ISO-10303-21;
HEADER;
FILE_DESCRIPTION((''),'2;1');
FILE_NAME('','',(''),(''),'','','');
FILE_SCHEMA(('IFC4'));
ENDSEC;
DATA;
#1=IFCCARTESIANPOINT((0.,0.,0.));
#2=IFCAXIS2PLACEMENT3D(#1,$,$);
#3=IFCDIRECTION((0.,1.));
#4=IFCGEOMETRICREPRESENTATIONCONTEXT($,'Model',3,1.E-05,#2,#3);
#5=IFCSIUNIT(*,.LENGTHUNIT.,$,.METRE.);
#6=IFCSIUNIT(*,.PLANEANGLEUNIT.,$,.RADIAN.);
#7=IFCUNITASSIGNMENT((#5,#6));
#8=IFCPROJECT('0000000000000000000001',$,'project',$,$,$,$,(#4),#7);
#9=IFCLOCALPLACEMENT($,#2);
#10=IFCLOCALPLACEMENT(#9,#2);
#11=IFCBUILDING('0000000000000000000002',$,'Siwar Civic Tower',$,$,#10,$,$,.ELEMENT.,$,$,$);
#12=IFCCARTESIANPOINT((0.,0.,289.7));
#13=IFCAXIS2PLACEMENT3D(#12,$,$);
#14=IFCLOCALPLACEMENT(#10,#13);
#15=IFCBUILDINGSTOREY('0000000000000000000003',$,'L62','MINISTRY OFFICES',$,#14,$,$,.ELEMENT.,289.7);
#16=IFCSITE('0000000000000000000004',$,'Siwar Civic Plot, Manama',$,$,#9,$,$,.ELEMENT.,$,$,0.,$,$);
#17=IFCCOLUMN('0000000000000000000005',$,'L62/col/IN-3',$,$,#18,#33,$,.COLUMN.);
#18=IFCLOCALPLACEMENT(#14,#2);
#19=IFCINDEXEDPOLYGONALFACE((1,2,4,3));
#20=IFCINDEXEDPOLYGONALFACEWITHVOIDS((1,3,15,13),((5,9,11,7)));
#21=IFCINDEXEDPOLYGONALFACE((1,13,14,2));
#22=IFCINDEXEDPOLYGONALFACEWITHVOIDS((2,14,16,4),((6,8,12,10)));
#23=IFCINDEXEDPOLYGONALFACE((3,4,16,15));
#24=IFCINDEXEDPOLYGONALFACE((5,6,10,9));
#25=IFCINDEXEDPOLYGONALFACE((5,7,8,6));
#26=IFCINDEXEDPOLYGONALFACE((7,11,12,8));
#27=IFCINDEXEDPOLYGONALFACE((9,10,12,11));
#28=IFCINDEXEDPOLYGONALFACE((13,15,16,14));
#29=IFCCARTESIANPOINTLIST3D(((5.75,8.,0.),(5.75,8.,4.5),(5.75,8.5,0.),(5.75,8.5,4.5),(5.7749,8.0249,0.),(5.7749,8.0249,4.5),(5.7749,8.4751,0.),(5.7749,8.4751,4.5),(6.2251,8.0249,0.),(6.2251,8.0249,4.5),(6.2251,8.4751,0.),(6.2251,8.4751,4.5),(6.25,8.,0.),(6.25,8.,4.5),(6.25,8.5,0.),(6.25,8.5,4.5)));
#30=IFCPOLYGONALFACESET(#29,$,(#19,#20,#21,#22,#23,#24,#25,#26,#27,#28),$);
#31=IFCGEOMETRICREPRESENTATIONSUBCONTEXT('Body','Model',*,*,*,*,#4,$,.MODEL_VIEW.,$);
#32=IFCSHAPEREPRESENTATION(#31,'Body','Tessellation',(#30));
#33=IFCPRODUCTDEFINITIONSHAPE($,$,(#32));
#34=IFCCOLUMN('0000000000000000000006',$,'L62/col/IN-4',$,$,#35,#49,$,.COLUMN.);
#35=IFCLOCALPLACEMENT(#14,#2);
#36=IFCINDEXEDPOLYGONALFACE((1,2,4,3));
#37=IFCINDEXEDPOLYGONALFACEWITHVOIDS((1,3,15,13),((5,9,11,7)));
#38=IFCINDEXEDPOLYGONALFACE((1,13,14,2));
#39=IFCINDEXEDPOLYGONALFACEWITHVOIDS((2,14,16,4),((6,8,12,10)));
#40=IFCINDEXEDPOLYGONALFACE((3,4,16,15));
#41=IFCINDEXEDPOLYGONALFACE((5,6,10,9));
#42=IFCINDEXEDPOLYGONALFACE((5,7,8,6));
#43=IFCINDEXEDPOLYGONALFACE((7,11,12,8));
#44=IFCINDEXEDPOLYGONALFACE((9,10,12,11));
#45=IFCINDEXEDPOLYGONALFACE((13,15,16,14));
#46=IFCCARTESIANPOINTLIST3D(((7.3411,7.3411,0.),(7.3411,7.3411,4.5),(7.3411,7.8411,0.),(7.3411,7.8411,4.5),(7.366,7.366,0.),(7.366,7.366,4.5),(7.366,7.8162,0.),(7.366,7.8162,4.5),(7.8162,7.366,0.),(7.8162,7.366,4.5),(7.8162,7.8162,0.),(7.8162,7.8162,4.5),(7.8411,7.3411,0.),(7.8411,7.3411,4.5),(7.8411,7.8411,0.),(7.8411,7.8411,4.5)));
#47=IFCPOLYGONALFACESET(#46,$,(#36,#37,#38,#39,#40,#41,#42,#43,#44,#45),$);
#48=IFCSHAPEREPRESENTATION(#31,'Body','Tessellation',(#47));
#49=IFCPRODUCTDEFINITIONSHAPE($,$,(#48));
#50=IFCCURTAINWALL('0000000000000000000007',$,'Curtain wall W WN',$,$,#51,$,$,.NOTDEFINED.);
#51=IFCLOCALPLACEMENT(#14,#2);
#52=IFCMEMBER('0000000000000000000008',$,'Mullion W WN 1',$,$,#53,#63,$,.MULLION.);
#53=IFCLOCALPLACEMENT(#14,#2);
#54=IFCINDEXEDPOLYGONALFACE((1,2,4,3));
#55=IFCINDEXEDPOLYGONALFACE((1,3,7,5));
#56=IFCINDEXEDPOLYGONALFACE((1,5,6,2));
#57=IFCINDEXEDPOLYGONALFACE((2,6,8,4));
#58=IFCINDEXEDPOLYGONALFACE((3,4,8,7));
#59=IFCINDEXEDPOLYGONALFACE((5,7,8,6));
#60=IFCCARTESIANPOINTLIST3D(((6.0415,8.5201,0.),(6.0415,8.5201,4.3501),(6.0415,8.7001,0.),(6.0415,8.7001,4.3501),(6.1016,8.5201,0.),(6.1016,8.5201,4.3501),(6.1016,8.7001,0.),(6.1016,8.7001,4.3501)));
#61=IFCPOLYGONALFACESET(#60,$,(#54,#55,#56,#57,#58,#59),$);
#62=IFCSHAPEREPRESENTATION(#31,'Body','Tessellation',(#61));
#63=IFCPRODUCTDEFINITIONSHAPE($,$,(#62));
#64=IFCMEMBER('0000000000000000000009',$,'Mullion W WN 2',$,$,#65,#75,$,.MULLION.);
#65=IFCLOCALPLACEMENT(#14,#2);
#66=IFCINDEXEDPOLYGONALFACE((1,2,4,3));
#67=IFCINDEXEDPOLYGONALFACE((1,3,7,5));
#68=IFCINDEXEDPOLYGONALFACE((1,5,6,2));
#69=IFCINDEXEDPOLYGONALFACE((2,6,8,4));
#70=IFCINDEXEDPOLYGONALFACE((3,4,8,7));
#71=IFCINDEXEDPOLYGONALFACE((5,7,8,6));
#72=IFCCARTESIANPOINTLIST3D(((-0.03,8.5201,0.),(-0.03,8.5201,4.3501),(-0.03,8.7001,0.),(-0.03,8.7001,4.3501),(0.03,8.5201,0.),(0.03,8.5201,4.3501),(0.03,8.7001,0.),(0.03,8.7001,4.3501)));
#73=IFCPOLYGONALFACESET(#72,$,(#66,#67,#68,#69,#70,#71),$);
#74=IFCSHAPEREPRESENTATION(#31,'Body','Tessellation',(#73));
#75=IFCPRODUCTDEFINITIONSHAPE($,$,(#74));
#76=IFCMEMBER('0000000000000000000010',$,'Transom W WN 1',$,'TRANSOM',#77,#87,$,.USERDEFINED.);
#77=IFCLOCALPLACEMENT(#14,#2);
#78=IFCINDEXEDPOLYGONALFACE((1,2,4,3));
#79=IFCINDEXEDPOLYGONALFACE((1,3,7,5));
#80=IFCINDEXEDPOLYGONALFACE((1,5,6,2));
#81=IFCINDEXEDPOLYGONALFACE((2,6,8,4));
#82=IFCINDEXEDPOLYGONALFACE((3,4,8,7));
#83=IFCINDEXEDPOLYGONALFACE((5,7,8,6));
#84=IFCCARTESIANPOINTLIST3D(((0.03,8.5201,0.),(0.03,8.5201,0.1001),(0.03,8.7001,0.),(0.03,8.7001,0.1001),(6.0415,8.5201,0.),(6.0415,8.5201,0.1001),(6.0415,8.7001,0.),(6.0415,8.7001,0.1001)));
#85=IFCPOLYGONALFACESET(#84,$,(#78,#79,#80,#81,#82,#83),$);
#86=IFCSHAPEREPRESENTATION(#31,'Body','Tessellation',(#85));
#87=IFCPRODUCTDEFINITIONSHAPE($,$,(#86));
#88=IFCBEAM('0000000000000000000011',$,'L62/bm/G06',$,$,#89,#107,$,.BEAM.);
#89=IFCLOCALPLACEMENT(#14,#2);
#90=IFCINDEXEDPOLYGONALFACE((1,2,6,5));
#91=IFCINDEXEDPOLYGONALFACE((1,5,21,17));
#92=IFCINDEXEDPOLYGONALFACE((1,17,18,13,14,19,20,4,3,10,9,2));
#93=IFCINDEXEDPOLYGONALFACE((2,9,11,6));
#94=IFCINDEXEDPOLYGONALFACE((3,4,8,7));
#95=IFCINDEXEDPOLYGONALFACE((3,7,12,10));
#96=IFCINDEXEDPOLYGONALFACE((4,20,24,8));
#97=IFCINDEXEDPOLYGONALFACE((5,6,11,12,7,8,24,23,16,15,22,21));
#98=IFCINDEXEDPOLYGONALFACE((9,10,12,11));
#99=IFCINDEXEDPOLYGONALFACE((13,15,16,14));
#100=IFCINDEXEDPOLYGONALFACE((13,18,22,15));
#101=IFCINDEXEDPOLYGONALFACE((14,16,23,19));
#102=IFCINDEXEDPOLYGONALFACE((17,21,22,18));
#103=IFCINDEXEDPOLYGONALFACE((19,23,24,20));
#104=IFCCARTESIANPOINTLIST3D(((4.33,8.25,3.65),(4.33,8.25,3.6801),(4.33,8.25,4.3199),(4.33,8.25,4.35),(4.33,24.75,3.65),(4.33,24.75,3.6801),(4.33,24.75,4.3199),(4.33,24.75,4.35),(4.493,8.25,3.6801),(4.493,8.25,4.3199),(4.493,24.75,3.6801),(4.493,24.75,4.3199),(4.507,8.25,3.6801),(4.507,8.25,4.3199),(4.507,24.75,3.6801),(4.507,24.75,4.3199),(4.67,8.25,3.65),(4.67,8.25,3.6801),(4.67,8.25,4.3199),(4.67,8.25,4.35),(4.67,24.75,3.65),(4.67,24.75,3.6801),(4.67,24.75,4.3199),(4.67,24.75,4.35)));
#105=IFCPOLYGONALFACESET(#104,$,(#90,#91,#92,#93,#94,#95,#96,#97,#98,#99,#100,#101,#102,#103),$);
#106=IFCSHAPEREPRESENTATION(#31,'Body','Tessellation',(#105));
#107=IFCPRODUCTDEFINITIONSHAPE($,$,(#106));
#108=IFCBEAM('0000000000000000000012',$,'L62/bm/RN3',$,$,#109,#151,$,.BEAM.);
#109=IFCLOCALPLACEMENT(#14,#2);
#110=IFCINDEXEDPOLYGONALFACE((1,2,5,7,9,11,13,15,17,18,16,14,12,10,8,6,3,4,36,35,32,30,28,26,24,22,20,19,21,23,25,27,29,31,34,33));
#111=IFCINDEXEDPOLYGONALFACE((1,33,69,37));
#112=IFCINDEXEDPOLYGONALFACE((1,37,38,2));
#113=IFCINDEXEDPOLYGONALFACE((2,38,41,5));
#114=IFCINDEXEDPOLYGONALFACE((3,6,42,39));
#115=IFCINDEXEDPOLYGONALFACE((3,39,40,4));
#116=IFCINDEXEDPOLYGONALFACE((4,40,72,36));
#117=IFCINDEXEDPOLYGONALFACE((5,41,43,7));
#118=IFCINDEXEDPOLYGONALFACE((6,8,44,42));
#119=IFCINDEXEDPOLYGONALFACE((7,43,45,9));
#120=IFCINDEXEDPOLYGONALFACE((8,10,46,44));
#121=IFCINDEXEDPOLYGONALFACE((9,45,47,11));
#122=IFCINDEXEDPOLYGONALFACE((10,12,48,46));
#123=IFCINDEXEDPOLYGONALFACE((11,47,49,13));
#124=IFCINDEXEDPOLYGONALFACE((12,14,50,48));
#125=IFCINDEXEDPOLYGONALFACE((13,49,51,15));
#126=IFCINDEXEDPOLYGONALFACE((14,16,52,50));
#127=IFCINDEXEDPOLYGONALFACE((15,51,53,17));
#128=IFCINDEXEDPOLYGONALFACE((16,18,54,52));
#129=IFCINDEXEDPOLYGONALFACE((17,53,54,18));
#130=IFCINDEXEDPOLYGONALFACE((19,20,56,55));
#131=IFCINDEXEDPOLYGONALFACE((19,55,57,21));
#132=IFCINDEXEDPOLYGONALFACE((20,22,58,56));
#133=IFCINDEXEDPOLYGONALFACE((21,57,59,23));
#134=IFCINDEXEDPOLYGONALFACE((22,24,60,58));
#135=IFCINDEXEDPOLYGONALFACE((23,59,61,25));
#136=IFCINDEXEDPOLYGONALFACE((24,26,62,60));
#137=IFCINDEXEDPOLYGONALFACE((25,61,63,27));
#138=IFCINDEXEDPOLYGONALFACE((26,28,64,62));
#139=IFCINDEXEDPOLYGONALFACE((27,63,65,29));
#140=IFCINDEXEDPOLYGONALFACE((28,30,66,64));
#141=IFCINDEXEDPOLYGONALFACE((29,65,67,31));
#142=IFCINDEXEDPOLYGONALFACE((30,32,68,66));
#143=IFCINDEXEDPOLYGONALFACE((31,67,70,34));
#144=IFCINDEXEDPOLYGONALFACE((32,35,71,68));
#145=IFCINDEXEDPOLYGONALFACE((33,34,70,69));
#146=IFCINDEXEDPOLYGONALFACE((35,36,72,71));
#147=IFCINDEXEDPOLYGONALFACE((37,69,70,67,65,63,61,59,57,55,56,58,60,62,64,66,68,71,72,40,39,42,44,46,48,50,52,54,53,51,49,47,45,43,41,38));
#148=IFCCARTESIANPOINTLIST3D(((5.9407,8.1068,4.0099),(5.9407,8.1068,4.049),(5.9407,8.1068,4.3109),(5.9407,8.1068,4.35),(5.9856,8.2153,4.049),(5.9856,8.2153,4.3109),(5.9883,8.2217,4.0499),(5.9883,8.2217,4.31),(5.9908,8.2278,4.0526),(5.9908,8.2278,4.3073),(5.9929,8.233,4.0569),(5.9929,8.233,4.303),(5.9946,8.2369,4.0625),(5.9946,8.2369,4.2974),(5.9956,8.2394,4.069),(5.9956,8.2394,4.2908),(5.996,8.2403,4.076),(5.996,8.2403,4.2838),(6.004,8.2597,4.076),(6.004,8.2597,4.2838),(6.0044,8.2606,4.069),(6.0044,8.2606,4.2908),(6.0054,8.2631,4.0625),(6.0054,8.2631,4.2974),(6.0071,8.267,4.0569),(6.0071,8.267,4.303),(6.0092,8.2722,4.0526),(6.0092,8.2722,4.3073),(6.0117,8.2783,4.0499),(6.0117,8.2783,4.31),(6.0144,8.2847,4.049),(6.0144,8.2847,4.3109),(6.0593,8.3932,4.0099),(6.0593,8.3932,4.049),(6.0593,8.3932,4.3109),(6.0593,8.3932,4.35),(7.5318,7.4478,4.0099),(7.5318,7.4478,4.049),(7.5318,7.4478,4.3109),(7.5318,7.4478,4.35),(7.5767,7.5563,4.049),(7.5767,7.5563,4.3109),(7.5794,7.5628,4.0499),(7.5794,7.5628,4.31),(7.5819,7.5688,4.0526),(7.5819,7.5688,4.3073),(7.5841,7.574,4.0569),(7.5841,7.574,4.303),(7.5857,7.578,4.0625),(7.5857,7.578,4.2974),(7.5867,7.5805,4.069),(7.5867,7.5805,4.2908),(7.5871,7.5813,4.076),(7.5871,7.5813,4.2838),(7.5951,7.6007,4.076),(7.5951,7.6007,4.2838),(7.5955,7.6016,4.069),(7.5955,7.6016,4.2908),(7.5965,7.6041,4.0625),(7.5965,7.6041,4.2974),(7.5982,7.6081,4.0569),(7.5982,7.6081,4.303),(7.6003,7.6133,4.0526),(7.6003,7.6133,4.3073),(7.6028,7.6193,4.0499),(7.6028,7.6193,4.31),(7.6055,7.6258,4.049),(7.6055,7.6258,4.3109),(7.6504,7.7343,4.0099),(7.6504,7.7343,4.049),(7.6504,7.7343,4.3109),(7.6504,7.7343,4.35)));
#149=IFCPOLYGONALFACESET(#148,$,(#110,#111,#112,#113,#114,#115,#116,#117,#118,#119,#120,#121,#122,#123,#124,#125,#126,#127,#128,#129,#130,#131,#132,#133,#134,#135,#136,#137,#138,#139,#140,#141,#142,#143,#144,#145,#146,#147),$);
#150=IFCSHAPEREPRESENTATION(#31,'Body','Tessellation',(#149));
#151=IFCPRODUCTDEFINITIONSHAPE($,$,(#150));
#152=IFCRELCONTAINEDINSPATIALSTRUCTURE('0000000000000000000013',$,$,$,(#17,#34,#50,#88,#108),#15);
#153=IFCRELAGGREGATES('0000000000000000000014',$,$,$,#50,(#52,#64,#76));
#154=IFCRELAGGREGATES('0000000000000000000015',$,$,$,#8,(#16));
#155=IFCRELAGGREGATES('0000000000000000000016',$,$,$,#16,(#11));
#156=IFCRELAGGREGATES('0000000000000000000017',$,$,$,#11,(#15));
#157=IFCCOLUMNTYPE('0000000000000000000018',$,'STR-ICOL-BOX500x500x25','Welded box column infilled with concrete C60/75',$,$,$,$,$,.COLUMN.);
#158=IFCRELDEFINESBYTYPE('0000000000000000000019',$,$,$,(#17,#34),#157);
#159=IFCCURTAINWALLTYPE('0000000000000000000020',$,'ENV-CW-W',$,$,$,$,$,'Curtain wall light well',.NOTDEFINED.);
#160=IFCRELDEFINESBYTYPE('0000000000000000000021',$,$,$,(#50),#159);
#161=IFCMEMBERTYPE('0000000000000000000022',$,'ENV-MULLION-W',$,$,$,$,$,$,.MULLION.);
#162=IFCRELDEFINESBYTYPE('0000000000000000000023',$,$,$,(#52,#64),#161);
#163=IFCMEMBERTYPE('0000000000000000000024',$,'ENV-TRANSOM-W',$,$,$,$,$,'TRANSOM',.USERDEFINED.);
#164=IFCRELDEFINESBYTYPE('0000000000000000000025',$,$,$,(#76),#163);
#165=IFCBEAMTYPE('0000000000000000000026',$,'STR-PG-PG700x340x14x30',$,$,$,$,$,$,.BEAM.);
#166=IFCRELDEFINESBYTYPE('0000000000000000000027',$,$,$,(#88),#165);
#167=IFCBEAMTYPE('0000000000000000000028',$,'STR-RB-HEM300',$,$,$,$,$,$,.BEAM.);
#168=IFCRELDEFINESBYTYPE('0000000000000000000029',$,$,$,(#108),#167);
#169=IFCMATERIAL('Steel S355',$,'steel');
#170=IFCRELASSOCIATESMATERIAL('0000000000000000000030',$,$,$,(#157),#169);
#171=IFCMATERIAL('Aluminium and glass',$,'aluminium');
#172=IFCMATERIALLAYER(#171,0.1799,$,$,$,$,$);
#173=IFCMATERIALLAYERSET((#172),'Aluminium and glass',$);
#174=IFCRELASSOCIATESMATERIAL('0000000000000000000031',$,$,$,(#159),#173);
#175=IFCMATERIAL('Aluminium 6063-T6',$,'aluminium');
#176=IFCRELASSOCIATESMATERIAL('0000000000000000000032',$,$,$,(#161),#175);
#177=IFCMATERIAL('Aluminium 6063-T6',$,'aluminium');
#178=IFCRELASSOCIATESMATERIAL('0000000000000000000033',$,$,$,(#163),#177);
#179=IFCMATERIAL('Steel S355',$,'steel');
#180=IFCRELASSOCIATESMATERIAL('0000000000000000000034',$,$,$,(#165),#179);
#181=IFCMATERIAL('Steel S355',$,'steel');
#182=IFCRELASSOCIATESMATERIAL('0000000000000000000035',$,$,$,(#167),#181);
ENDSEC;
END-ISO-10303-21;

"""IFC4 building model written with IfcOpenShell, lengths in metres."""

from ifc_helpers import new_model, si_unit, direction, frame, origin, origin_2d, place, context, subcontext, project, spatial, rectangle, hollow_rectangle, i_section, extrude, material, layer, layer_set, material_profile, profile_set, type_object, element, aggregate, save


model = new_model("IFC4")

# Units and contexts
model_context = context("Model", 3, precision=1e-05, world=origin(), true_north=direction((0.0, 1.0)))
body_context = subcontext(model_context, "Body", "Model", "MODEL_VIEW")
ifc_project = project(units=[si_unit("LENGTHUNIT", "METRE"), si_unit("PLANEANGLEUNIT", "RADIAN")], contexts=[model_context])

# Site, building, storey
site_placement = place(None, origin())
site = spatial("IfcSite", under=ifc_project, at=site_placement, Name="Siwar Civic Plot, Manama", CompositionType="ELEMENT", RefElevation=0.0)
building_placement = place(site_placement, origin())
building = spatial("IfcBuilding", under=site, at=building_placement, Name="Siwar Civic Tower", CompositionType="ELEMENT")
storey_placement = place(building_placement, frame((0.0, 0.0, 289.7)))
storey = spatial("IfcBuildingStorey", under=building, at=storey_placement, Name="L62", Description="MINISTRY OFFICES", CompositionType="ELEMENT", Elevation=289.7)

# Columns
ifc_material_1 = material(Name="Steel S355", Category="steel")
ifc_material_profile_1 = material_profile(ifc_material_1, hollow_rectangle(XDim=0.5, YDim=0.5, WallThickness=0.0249, at=origin_2d()), Name="BOX500x500x25")
ifc_profile_set_1 = profile_set([ifc_material_profile_1], Name="Steel S355")
column_type = type_object("IfcColumnType", Name="STR-ICOL-BOX500x500x25", Description="Welded box column infilled with concrete C60/75", PredefinedType="COLUMN", material=ifc_profile_set_1)
for number, where, z_axis, x_axis, name in (
    (1, (6.0, 8.25, 0.0), (0.0, 0.0, 1.0), (1.0, 0.0, 0.0), "L62/col/IN-3"),
    (2, (7.5911, 7.5911, 0.0), (0.0, 0.0, 1.0), (1.0, 0.0, 0.0), "L62/col/IN-4"),
):
    element("IfcColumn", number, at=place(storey_placement, frame(where, z_axis=z_axis, x_axis=x_axis)), inside=storey, type_object=column_type, Name=name, PredefinedType="COLUMN", context=body_context, shape_type="SweptSolid", body=[
        extrude(hollow_rectangle(XDim=0.5, YDim=0.5, WallThickness=0.0249, at=origin_2d()), origin(), (0.0, 0.0, 1.0), 4.5),
    ])

# Curtain wall, members
ifc_material_2 = material(Name="Aluminium and glass", Category="aluminium")
ifc_layer_1 = layer(ifc_material_2, 0.1799)
ifc_layer_set_1 = layer_set([ifc_layer_1], Name="Aluminium and glass")
curtain_wall_type = type_object("IfcCurtainWallType", Name="ENV-CW-W", ElementType="Curtain wall light well", PredefinedType="NOTDEFINED", material=ifc_layer_set_1)
curtain_wall_placement = place(storey_placement, origin())
curtain_wall = element("IfcCurtainWall", 3, at=curtain_wall_placement, inside=storey, type_object=curtain_wall_type, Name="Curtain wall W WN", PredefinedType="NOTDEFINED")
ifc_material_3 = material(Name="Aluminium 6063-T6", Category="aluminium")
ifc_material_profile_2 = material_profile(ifc_material_3, rectangle(XDim=0.1799, YDim=0.0601, at=origin_2d()), Name="AL 180x60")
ifc_profile_set_2 = profile_set([ifc_material_profile_2], Name="Aluminium 6063-T6")
member_type_1 = type_object("IfcMemberType", Name="ENV-MULLION-W", PredefinedType="MULLION", material=ifc_profile_set_2)
member_1_placement = place(storey_placement, frame((6.0715, 8.6101, 0.0), z_axis=(0.0, 0.0, 1.0), x_axis=(0.0, -1.0, 0.0)))
member_1 = element("IfcMember", 4, at=member_1_placement, type_object=member_type_1, Name="Mullion W WN 1", PredefinedType="MULLION", context=body_context, shape_type="SweptSolid", body=[
    extrude(rectangle(XDim=0.1799, YDim=0.0601, at=origin_2d()), origin(), (0.0, 0.0, 1.0), 4.3501),
])
member_2_placement = place(storey_placement, frame((0.0, 8.6101, 0.0), z_axis=(0.0, 0.0, 1.0), x_axis=(0.0, -1.0, 0.0)))
member_2 = element("IfcMember", 5, at=member_2_placement, type_object=member_type_1, Name="Mullion W WN 2", PredefinedType="MULLION", context=body_context, shape_type="SweptSolid", body=[
    extrude(rectangle(XDim=0.1799, YDim=0.0601, at=origin_2d()), origin(), (0.0, 0.0, 1.0), 4.3501),
])
ifc_material_4 = material(Name="Aluminium 6063-T6", Category="aluminium")
ifc_material_profile_3 = material_profile(ifc_material_4, rectangle(XDim=0.1799, YDim=0.1001, at=origin_2d()), Name="AL 180x100")
ifc_profile_set_3 = profile_set([ifc_material_profile_3], Name="Aluminium 6063-T6")
member_type_2 = type_object("IfcMemberType", Name="ENV-TRANSOM-W", ElementType="TRANSOM", PredefinedType="USERDEFINED", material=ifc_profile_set_3)
member_3_placement = place(storey_placement, frame((6.0415, 8.6101, 0.05), z_axis=(-1.0, 0.0, 0.0), x_axis=(0.0, -1.0, 0.0)))
member_3 = element("IfcMember", 6, at=member_3_placement, type_object=member_type_2, Name="Transom W WN 1", ObjectType="TRANSOM", PredefinedType="USERDEFINED", context=body_context, shape_type="SweptSolid", body=[
    extrude(rectangle(XDim=0.1799, YDim=0.1001, at=origin_2d()), origin(), (0.0, 0.0, 1.0), 6.0115),
])

# Beams
ifc_material_5 = material(Name="Steel S355", Category="steel")
ifc_material_profile_4 = material_profile(ifc_material_5, i_section(OverallWidth=0.3401, OverallDepth=0.7, WebThickness=0.0139, FlangeThickness=0.03, at=origin_2d()), Name="PG700x340x14x30")
ifc_profile_set_4 = profile_set([ifc_material_profile_4], Name="Steel S355")
beam_type_1 = type_object("IfcBeamType", Name="STR-PG-PG700x340x14x30", PredefinedType="BEAM", material=ifc_profile_set_4)
beam_placement = place(storey_placement, frame((4.5, 8.25, 4.0), z_axis=(0.0, 1.0, 0.0), x_axis=(-1.0, 0.0, 0.0)))
element("IfcBeam", 7, at=beam_placement, inside=storey, type_object=beam_type_1, Name="L62/bm/G06", PredefinedType="BEAM", context=body_context, shape_type="SweptSolid", body=[
    extrude(i_section(OverallWidth=0.3401, OverallDepth=0.7, WebThickness=0.0139, FlangeThickness=0.03, at=origin_2d()), origin(), (0.0, 0.0, 1.0), 16.5),
])
ifc_material_6 = material(Name="Steel S355", Category="steel")
ifc_material_profile_5 = material_profile(ifc_material_6, i_section(OverallWidth=0.3101, OverallDepth=0.3401, WebThickness=0.021, FlangeThickness=0.0391, FilletRadius=0.0271, at=origin_2d()), Name="HEM300")
ifc_profile_set_5 = profile_set([ifc_material_profile_5], Name="Steel S355")
beam_type_2 = type_object("IfcBeamType", Name="STR-RB-HEM300", PredefinedType="BEAM", material=ifc_profile_set_5)
for number, where, z_axis, x_axis, name in (
    (8, (6.0, 8.25, 4.1799), (0.923901, -0.382631, 0.0), (0.382631, 0.923901, 0.0), "L62/bm/RN3"),
):
    element("IfcBeam", number, at=place(storey_placement, frame(where, z_axis=z_axis, x_axis=x_axis)), inside=storey, type_object=beam_type_2, Name=name, PredefinedType="BEAM", context=body_context, shape_type="SweptSolid", body=[
        extrude(i_section(OverallWidth=0.3101, OverallDepth=0.3401, WebThickness=0.021, FlangeThickness=0.0391, FilletRadius=0.0271, at=origin_2d()), origin(), (0.0, 0.0, 1.0), 1.7222),
    ])

aggregate(curtain_wall, [member_1, member_2, member_3])

save(model, "model.ifc")
